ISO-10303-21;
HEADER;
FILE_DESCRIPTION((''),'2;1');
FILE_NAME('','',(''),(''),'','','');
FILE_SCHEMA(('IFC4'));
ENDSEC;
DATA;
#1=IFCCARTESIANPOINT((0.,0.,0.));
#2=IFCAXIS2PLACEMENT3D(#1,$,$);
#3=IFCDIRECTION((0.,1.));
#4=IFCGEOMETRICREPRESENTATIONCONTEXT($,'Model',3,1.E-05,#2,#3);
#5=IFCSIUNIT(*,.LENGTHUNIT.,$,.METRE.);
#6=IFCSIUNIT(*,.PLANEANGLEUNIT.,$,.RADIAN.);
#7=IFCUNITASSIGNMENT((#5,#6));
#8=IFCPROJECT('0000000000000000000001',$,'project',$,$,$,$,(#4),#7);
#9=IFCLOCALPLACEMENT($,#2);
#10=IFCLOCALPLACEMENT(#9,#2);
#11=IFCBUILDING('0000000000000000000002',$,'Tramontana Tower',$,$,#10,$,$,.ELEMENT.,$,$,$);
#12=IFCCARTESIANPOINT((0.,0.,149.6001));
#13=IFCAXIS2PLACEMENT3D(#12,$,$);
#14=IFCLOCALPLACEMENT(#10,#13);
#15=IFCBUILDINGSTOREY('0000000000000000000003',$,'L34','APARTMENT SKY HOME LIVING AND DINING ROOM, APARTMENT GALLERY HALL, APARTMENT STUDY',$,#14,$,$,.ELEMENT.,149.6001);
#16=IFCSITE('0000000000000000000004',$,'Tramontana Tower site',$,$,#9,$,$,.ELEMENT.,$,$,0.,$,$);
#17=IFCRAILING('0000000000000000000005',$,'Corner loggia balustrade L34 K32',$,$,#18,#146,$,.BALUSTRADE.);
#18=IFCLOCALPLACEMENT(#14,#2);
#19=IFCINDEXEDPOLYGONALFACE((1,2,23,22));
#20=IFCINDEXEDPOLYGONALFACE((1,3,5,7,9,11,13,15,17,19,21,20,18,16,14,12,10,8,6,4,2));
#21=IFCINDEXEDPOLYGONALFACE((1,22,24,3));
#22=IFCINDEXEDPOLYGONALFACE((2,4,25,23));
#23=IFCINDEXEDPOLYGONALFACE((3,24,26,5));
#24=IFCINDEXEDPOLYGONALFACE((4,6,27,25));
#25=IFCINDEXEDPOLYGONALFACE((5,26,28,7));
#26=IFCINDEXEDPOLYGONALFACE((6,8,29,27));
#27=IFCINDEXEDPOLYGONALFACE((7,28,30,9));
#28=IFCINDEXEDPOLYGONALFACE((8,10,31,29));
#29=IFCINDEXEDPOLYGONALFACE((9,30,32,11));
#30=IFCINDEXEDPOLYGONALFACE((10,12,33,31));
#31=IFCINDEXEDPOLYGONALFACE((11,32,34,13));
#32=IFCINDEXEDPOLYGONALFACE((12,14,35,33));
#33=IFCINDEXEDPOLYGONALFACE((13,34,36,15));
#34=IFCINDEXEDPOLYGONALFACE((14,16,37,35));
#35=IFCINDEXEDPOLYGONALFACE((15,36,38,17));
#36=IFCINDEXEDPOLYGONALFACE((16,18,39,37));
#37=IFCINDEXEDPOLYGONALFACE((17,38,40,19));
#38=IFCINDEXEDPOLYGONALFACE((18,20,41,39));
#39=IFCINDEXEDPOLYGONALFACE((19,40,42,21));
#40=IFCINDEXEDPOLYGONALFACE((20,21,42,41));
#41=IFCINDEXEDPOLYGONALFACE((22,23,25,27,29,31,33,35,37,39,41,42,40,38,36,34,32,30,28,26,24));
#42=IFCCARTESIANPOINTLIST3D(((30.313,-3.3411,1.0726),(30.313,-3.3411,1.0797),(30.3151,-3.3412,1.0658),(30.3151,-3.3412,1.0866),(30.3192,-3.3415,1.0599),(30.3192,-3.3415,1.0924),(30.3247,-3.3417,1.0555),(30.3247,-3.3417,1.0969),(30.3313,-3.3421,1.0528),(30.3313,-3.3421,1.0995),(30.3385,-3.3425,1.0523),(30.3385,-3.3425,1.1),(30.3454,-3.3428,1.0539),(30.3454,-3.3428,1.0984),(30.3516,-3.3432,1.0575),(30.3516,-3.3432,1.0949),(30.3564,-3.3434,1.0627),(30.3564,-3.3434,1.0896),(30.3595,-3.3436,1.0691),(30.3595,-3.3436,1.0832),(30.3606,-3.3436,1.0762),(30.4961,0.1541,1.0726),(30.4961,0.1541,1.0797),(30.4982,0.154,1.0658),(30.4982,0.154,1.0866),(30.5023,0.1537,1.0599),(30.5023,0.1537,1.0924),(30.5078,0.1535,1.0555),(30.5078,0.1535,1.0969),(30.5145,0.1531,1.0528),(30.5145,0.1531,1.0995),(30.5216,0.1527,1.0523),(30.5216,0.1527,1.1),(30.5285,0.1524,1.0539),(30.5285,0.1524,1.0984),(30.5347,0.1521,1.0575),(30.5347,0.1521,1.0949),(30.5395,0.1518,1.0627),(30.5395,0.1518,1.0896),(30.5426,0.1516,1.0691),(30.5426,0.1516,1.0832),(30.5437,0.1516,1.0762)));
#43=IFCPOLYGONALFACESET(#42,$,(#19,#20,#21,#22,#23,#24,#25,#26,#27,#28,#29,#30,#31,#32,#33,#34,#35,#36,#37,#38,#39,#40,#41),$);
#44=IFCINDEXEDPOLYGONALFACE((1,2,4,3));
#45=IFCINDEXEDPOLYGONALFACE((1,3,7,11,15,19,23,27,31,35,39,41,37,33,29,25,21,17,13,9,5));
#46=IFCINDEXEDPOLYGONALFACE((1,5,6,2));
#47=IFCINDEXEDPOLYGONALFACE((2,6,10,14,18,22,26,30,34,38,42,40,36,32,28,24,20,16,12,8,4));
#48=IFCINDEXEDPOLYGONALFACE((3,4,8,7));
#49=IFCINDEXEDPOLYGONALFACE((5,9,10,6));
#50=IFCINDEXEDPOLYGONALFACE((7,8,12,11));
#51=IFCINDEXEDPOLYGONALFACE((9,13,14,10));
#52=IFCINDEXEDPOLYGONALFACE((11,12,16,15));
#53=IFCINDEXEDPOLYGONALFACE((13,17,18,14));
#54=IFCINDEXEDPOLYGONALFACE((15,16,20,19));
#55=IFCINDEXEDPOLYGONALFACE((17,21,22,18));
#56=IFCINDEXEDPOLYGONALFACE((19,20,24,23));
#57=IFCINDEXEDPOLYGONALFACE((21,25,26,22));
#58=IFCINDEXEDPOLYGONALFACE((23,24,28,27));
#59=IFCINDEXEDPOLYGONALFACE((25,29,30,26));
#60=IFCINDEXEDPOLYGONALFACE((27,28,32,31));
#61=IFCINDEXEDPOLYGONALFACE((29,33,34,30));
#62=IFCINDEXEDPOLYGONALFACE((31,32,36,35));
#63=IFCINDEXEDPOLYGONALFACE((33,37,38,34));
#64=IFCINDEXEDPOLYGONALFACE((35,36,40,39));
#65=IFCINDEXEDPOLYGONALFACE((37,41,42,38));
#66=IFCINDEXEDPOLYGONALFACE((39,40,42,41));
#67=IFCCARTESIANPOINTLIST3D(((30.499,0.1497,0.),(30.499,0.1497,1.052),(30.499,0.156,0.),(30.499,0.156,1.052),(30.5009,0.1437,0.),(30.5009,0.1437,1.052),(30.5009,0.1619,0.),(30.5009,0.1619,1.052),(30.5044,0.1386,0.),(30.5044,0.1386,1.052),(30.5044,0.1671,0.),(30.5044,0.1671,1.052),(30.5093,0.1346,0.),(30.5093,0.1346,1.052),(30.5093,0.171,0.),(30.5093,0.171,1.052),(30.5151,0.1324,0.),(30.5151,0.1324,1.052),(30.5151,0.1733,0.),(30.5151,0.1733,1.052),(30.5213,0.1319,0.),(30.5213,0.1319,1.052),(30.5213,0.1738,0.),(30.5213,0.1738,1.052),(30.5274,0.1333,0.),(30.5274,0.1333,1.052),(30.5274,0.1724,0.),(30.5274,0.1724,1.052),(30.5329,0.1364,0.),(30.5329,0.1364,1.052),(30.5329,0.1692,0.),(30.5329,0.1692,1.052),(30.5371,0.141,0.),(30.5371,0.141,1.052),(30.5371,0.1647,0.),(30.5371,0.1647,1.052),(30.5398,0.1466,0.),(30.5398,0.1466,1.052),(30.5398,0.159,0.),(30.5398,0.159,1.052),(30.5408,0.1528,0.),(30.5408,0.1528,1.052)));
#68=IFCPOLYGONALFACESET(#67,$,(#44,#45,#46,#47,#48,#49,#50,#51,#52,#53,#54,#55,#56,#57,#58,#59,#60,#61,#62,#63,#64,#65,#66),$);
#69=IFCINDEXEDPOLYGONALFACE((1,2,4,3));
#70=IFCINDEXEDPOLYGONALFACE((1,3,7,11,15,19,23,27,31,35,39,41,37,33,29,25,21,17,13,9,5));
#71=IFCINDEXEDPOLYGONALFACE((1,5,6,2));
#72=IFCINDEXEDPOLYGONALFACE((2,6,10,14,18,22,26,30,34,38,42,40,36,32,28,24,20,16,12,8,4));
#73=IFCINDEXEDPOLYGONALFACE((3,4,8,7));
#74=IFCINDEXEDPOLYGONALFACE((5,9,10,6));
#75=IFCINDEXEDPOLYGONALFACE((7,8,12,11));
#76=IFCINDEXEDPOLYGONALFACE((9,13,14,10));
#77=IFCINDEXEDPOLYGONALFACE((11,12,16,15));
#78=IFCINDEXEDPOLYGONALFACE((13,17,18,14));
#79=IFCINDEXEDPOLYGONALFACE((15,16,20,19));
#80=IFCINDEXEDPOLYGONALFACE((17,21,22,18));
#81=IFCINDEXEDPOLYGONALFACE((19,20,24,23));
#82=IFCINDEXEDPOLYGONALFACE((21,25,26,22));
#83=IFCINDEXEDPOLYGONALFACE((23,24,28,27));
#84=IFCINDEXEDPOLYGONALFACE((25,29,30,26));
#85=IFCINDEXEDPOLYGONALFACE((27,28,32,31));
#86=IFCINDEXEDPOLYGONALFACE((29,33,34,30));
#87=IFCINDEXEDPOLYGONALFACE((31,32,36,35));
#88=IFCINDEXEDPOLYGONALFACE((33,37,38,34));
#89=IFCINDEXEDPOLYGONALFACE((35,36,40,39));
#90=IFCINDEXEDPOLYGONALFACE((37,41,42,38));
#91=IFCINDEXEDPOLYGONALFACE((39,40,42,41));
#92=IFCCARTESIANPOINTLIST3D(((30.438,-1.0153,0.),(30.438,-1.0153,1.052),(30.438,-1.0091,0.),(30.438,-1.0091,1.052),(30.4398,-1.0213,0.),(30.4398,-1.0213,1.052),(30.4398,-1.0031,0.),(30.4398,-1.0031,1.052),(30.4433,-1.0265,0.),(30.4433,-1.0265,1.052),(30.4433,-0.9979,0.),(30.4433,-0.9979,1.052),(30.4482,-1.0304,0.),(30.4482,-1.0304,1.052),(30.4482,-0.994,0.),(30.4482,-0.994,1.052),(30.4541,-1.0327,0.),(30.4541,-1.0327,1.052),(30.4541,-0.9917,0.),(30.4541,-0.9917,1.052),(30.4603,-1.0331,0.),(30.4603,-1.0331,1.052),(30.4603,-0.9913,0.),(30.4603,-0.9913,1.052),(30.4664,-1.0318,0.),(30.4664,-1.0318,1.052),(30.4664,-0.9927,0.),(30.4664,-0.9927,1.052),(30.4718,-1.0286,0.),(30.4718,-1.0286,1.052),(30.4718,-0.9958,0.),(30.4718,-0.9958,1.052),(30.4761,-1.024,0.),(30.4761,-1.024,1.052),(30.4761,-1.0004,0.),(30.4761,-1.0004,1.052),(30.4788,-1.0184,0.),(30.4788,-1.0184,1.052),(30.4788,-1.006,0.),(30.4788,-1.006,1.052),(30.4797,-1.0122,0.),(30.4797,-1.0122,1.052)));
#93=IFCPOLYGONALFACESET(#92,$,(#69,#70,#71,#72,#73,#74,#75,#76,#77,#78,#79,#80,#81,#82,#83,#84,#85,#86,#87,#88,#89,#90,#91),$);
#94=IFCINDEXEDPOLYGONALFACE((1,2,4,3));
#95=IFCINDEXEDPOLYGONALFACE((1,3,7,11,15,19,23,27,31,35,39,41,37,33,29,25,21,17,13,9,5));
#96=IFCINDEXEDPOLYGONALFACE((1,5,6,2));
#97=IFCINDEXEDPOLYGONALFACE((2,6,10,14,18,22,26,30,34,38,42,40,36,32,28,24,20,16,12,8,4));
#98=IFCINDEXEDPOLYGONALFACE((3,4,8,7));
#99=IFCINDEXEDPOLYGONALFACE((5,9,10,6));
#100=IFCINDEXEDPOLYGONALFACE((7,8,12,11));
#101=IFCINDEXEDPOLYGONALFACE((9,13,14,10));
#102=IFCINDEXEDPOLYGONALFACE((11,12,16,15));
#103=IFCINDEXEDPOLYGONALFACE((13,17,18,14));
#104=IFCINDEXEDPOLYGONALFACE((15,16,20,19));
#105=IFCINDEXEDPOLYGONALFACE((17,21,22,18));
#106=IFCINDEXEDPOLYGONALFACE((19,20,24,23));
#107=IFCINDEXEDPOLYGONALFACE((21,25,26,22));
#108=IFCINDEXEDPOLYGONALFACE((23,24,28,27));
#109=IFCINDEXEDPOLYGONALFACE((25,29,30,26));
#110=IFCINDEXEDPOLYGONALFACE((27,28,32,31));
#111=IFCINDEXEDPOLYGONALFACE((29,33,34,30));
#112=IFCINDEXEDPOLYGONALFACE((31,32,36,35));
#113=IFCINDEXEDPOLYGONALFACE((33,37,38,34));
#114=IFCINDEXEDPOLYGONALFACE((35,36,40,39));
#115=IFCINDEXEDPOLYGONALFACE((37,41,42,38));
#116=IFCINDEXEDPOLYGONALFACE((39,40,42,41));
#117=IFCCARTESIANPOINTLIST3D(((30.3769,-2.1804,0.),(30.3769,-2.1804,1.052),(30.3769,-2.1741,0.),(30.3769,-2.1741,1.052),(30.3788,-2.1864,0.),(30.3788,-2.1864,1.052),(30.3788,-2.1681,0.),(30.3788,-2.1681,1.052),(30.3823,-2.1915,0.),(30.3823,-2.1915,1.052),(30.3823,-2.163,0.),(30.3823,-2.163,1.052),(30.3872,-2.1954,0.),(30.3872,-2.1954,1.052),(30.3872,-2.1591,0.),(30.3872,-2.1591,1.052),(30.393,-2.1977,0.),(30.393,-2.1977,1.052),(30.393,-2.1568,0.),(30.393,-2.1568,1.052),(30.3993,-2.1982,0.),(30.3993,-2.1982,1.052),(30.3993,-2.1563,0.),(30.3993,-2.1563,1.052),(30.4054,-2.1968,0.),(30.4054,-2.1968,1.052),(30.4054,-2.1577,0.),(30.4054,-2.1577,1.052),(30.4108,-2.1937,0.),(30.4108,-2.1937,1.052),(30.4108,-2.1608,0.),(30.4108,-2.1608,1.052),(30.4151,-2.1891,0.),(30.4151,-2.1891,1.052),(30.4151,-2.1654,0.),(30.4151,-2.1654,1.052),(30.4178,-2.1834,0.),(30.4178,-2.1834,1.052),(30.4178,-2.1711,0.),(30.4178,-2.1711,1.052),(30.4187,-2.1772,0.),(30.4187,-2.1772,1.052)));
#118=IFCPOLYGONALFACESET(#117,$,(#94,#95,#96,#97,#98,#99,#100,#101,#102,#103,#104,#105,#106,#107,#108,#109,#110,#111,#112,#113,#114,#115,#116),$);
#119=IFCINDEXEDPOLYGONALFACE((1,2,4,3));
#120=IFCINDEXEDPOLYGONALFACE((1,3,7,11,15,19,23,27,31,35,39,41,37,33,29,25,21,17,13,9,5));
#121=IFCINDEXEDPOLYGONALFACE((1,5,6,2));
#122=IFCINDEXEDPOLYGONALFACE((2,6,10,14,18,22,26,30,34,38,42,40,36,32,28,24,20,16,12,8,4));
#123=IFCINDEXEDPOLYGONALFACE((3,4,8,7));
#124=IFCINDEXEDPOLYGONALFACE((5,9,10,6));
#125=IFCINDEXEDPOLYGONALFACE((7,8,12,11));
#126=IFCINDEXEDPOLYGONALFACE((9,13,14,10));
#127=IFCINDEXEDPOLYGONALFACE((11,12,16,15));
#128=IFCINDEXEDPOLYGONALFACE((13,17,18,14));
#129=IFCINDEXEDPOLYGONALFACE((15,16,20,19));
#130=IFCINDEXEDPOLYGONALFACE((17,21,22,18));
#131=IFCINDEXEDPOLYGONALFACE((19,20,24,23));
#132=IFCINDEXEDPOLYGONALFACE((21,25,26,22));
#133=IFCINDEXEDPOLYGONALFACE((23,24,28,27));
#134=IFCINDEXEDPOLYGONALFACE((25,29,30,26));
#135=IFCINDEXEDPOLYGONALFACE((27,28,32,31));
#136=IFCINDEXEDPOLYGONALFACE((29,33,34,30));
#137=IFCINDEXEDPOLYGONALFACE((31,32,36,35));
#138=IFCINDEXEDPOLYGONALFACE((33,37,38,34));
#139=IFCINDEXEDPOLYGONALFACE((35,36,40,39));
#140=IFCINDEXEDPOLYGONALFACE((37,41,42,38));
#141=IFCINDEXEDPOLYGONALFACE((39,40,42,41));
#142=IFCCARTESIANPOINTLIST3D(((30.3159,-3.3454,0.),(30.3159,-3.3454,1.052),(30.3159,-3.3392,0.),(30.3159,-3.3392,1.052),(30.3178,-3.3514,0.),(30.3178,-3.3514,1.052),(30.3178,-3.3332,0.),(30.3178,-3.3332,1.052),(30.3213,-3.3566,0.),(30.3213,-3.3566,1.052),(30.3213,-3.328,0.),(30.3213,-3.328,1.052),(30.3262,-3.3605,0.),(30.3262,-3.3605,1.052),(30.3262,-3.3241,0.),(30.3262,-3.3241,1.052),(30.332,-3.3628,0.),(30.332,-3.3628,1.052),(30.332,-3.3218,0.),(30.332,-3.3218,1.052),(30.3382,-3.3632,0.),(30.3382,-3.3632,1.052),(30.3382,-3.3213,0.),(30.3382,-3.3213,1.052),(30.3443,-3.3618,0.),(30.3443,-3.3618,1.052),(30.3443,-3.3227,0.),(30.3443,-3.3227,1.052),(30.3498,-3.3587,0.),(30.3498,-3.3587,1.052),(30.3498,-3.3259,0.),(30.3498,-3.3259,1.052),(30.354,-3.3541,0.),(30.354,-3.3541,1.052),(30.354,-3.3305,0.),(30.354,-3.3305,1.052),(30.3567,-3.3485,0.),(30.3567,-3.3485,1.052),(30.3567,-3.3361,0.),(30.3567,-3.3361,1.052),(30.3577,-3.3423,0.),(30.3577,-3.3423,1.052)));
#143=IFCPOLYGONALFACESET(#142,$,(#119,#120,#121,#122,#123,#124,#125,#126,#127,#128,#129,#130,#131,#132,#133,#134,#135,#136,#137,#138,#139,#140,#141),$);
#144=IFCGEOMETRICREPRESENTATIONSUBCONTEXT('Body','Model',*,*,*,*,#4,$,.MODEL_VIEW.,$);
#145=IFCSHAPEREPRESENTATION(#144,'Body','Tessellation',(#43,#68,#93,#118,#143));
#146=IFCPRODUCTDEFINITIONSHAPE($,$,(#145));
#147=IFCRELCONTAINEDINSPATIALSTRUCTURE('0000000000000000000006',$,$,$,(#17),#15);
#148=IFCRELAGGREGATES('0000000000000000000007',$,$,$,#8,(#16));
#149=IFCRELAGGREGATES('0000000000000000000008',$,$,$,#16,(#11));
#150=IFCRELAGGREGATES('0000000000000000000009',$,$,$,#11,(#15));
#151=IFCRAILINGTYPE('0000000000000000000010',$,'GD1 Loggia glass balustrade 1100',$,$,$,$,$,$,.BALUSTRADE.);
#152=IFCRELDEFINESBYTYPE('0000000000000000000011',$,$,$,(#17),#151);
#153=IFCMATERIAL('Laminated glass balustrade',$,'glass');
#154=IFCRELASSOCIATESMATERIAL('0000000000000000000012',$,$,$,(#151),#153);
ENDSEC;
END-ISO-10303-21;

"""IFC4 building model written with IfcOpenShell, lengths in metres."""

from ifc_helpers import new_model, si_unit, direction, frame, origin, origin_2d, place, context, subcontext, project, spatial, circle, extrude, material, type_object, element, save


model = new_model("IFC4")

# Units and contexts
model_context = context("Model", 3, precision=1e-05, world=origin(), true_north=direction((0.0, 1.0)))
body_context = subcontext(model_context, "Body", "Model", "MODEL_VIEW")
ifc_project = project(units=[si_unit("LENGTHUNIT", "METRE"), si_unit("PLANEANGLEUNIT", "RADIAN")], contexts=[model_context])

# Site, building, storey
site_placement = place(None, origin())
site = spatial("IfcSite", under=ifc_project, at=site_placement, Name="Tramontana Tower site", CompositionType="ELEMENT", RefElevation=0.0)
building_placement = place(site_placement, origin())
building = spatial("IfcBuilding", under=site, at=building_placement, Name="Tramontana Tower", CompositionType="ELEMENT")
storey_placement = place(building_placement, frame((0.0, 0.0, 149.6001)))
storey = spatial("IfcBuildingStorey", under=building, at=storey_placement, Name="L34", Description="APARTMENT SKY HOME LIVING AND DINING ROOM, APARTMENT GALLERY HALL, APARTMENT STUDY", CompositionType="ELEMENT", Elevation=149.6001)

# Railing
ifc_material_1 = material(Name="Laminated glass balustrade", Category="glass")
railing_type = type_object("IfcRailingType", Name="GD1 Loggia glass balustrade 1100", PredefinedType="BALUSTRADE", material=ifc_material_1)
railing_placement = place(storey_placement, frame((30.5198, 0.1528, 0.0)))
element("IfcRailing", 1, at=railing_placement, inside=storey, type_object=railing_type, Name="Corner loggia balustrade L34 K32", PredefinedType="BALUSTRADE", context=body_context, shape_type="SweptSolid", body=[
    extrude(circle(Radius=0.0239, at=origin_2d()), frame((0.0, 0.0, 1.0762), z_axis=(-0.052317, -0.998631, 0.0), x_axis=(0.998631, -0.052317, 0.0)), (0.0, 0.0, 1.0), 3.5),
    extrude(circle(Radius=0.021, at=origin_2d()), origin(), (0.0, 0.0, 1.0), 1.052),
    extrude(circle(Radius=0.021, at=origin_2d()), frame((-0.061, -1.165, 0.0)), (0.0, 0.0, 1.0), 1.052),
    extrude(circle(Radius=0.021, at=origin_2d()), frame((-0.1221, -2.3301, 0.0)), (0.0, 0.0, 1.0), 1.052),
    extrude(circle(Radius=0.021, at=origin_2d()), frame((-0.1831, -3.4951, 0.0)), (0.0, 0.0, 1.0), 1.052),
])

save(model, "model.ifc")
